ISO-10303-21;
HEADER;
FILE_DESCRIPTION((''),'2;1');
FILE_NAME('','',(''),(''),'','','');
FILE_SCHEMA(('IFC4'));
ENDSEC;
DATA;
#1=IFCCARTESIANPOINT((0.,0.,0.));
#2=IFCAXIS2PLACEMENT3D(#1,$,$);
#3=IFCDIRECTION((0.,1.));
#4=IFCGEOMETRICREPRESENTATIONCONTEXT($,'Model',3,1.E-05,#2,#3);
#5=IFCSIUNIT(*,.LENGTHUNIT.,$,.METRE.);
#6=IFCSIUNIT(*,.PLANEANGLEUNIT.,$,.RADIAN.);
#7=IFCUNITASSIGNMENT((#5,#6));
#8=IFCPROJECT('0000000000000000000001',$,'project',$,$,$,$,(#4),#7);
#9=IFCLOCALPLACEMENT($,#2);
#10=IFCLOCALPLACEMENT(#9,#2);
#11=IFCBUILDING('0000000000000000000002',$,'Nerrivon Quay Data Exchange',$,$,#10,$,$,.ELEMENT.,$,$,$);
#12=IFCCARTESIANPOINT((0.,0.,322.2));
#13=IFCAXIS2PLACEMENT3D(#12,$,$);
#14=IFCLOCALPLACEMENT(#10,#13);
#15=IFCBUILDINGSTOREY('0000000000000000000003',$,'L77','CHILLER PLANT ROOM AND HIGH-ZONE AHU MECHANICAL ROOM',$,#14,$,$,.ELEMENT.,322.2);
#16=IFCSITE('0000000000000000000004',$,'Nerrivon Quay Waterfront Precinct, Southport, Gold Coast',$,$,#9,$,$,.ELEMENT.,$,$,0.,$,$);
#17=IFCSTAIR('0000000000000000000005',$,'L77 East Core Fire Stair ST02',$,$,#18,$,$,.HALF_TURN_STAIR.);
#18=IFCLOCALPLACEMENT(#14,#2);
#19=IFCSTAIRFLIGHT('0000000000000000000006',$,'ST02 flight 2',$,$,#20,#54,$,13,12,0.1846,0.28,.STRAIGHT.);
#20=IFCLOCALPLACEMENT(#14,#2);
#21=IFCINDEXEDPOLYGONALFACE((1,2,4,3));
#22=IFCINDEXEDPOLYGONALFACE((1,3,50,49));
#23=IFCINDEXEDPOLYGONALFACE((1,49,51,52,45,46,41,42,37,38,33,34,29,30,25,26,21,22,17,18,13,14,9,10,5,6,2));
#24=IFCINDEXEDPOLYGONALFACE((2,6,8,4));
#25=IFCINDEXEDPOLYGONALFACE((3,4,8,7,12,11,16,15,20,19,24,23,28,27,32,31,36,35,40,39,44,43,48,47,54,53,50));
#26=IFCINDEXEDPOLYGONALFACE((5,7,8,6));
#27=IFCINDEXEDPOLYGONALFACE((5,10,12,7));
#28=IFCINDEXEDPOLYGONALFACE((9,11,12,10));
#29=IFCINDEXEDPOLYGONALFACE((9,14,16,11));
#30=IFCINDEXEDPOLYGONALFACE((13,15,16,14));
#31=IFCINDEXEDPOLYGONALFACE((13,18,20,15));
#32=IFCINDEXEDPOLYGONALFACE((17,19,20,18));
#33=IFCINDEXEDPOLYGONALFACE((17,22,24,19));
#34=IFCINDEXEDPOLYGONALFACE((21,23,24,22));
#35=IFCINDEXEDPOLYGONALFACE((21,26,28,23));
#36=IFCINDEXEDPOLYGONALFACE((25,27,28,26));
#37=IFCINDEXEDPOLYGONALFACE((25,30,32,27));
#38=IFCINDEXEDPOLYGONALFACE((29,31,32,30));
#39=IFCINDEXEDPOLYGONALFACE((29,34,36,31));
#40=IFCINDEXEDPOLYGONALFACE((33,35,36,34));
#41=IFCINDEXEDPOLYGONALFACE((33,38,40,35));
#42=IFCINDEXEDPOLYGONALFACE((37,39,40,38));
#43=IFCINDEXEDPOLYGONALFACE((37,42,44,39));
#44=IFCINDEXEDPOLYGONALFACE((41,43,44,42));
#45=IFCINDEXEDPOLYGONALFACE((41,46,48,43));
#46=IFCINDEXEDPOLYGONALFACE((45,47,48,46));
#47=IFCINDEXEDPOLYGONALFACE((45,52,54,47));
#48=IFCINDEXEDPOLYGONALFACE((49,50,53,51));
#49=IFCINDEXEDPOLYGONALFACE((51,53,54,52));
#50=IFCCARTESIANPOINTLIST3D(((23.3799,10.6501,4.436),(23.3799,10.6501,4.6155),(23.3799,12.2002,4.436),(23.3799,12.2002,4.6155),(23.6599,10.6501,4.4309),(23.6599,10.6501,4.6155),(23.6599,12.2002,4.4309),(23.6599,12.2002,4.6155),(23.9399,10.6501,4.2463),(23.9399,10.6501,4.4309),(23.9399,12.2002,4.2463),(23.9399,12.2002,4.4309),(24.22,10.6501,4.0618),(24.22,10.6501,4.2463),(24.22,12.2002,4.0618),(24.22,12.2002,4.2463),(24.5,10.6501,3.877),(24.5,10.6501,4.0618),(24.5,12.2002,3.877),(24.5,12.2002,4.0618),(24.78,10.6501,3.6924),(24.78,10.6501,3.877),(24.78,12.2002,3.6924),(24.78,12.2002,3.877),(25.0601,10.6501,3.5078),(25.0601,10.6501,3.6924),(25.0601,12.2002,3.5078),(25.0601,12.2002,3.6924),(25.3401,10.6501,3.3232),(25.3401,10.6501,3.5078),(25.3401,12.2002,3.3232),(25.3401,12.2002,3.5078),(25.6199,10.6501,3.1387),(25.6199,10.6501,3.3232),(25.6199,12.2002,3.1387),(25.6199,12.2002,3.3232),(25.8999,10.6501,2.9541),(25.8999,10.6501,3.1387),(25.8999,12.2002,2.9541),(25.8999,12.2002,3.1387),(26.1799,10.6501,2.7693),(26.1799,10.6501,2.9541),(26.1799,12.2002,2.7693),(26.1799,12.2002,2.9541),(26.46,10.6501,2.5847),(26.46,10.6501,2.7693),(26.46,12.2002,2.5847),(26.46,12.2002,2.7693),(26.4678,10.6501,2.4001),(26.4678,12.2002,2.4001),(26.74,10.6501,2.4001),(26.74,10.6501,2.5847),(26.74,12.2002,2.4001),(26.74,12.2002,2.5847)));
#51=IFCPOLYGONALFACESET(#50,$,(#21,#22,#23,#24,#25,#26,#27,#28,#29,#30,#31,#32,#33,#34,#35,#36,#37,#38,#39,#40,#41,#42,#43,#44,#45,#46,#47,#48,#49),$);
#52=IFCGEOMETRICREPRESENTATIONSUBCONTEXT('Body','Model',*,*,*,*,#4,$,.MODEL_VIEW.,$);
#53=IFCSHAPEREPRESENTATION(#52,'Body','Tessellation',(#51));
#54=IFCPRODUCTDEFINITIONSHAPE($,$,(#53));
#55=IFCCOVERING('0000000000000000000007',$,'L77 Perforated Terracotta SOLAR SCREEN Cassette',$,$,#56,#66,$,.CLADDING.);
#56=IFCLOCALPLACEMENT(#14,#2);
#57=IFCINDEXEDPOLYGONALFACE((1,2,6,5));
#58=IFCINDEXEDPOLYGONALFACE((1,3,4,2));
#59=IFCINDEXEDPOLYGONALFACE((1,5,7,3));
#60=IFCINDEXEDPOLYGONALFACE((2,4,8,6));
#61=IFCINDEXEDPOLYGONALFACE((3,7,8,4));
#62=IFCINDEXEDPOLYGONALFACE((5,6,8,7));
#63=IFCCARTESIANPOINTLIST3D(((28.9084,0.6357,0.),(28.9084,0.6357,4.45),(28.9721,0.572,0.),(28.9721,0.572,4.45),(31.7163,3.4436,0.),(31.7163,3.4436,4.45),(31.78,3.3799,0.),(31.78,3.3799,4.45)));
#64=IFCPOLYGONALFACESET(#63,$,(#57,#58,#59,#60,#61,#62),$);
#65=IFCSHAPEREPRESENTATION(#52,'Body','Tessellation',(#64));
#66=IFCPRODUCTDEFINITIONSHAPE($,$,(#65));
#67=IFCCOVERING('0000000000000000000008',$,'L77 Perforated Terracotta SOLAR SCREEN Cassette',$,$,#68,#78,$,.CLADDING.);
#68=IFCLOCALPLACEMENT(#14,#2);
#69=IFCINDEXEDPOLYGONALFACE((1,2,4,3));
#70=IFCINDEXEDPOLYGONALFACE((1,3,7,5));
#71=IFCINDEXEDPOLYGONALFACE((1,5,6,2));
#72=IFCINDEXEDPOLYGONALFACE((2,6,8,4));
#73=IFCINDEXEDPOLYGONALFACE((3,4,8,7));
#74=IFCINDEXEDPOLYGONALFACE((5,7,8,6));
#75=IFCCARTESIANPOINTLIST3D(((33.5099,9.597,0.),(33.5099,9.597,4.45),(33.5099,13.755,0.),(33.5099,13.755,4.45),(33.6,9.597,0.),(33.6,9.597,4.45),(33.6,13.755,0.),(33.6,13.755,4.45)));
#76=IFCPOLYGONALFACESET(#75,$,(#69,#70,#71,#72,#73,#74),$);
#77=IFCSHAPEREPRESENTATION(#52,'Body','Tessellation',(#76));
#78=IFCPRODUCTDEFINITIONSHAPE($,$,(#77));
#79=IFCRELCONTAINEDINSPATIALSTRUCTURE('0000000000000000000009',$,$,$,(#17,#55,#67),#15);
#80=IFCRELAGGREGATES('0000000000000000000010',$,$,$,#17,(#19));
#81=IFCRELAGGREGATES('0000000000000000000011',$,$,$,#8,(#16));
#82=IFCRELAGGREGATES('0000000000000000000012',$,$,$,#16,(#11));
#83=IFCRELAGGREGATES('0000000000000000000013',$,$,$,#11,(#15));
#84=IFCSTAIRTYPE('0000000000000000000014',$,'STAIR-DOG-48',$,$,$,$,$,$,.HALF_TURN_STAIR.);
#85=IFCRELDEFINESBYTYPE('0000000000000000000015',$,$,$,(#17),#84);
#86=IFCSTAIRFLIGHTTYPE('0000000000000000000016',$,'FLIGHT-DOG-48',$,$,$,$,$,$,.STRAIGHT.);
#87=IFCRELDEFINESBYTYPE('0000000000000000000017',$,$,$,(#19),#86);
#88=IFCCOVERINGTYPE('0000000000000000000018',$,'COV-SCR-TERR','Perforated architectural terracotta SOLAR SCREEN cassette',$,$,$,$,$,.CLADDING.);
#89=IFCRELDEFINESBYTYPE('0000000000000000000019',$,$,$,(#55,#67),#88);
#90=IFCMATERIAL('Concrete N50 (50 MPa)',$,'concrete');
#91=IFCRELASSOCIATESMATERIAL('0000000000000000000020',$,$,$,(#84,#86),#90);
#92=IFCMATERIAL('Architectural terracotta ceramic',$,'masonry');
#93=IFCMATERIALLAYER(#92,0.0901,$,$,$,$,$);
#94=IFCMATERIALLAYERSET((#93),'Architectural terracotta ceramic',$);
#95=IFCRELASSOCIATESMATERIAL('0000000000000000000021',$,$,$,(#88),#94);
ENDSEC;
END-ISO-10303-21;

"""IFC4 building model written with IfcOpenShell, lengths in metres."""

from ifc_helpers import new_model, si_unit, direction, frame, origin, origin_2d, place, context, subcontext, project, spatial, polyline, rectangle, outline, extrude, material, layer, layer_set, type_object, element, aggregate, save


model = new_model("IFC4")

# Units and contexts
model_context = context("Model", 3, precision=1e-05, world=origin(), true_north=direction((0.0, 1.0)))
body_context = subcontext(model_context, "Body", "Model", "MODEL_VIEW")
ifc_project = project(units=[si_unit("LENGTHUNIT", "METRE"), si_unit("PLANEANGLEUNIT", "RADIAN")], contexts=[model_context])

# Site, building, storey
site_placement = place(None, origin())
site = spatial("IfcSite", under=ifc_project, at=site_placement, Name="Nerrivon Quay Waterfront Precinct, Southport, Gold Coast", CompositionType="ELEMENT", RefElevation=0.0)
building_placement = place(site_placement, origin())
building = spatial("IfcBuilding", under=site, at=building_placement, Name="Nerrivon Quay Data Exchange", CompositionType="ELEMENT")
storey_placement = place(building_placement, frame((0.0, 0.0, 322.2)))
storey = spatial("IfcBuildingStorey", under=building, at=storey_placement, Name="L77", Description="CHILLER PLANT ROOM AND HIGH-ZONE AHU MECHANICAL ROOM", CompositionType="ELEMENT", Elevation=322.2)

# Shared definitions
ifc_material_1 = material(Name="Concrete N50 (50 MPa)", Category="concrete")

# Stair, stair flight
stair_type = type_object("IfcStairType", Name="STAIR-DOG-48", PredefinedType="HALF_TURN_STAIR", material=ifc_material_1)
stair_placement = place(storey_placement, origin())
stair = element("IfcStair", 1, at=stair_placement, inside=storey, type_object=stair_type, Name="L77 East Core Fire Stair ST02", PredefinedType="HALF_TURN_STAIR")
stair_flight_type = type_object("IfcStairFlightType", Name="FLIGHT-DOG-48", PredefinedType="STRAIGHT", material=ifc_material_1)
stair_flight_placement = place(storey_placement, frame((26.74, 11.425, 2.4001), z_axis=(0.0, 0.0, 1.0), x_axis=(-1.0, 0.0, 0.0)))
stair_flight = element("IfcStairFlight", 2, at=stair_flight_placement, type_object=stair_flight_type, Name="ST02 flight 2", NumberOfRisers=13, NumberOfTreads=12, PredefinedType="STRAIGHT", RiserHeight=0.1846, TreadLength=0.28, context=body_context, shape_type="SweptSolid", body=[
    extrude(outline(polyline([(0.0, 0.0), (0.0, 0.1846), (0.28, 0.1846), (0.28, 0.3691), (0.5601, 0.3691), (0.5601, 0.554), (0.8401, 0.554), (0.8401, 0.7385), (1.1201, 0.7385), (1.1201, 0.9231), (1.3999, 0.9231), (1.3999, 1.1077), (1.6799, 1.1077), (1.6799, 1.2922), (1.96, 1.2922), (1.96, 1.4768), (2.24, 1.4768), (2.24, 1.6616), (2.52, 1.6616), (2.52, 1.8462), (2.8, 1.8462), (2.8, 2.0308), (3.0801, 2.0308), (3.0801, 2.2153), (3.3601, 2.2153), (3.3601, 2.3999), (3.3601, 2.0359), (0.2722, 0.0), (0.0, 0.0)])), frame((0.0, 0.7749, 0.0), z_axis=(0.0, -1.0, 0.0), x_axis=(1.0, 0.0, 0.0)), (0.0, 0.0, 1.0), 1.55),
])
aggregate(stair, [stair_flight])

# Coverings
ifc_material_2 = material(Name="Architectural terracotta ceramic", Category="masonry")
ifc_layer_1 = layer(ifc_material_2, 0.0901)
ifc_layer_set_1 = layer_set([ifc_layer_1], Name="Architectural terracotta ceramic")
covering_type = type_object("IfcCoveringType", Name="COV-SCR-TERR", Description="Perforated architectural terracotta SOLAR SCREEN cassette", PredefinedType="CLADDING", material=ifc_layer_set_1)
covering_1_placement = place(storey_placement, frame((30.3442, 2.0078, 0.0), z_axis=(0.0, 0.0, 1.0), x_axis=(-0.707107, -0.707107, 0.0)))
element("IfcCovering", 3, at=covering_1_placement, inside=storey, type_object=covering_type, Name="L77 Perforated Terracotta SOLAR SCREEN Cassette", PredefinedType="CLADDING", context=body_context, shape_type="SweptSolid", body=[
    extrude(rectangle(XDim=3.9709, YDim=0.0901, at=origin_2d()), origin(), (0.0, 0.0, 1.0), 4.45),
])
covering_2_placement = place(storey_placement, frame((33.5549, 11.676, 0.0), z_axis=(0.0, 0.0, 1.0), x_axis=(0.0, -1.0, 0.0)))
element("IfcCovering", 4, at=covering_2_placement, inside=storey, type_object=covering_type, Name="L77 Perforated Terracotta SOLAR SCREEN Cassette", PredefinedType="CLADDING", context=body_context, shape_type="SweptSolid", body=[
    extrude(rectangle(XDim=4.158, YDim=0.0901, at=origin_2d()), origin(), (0.0, 0.0, 1.0), 4.45),
])

save(model, "model.ifc")
